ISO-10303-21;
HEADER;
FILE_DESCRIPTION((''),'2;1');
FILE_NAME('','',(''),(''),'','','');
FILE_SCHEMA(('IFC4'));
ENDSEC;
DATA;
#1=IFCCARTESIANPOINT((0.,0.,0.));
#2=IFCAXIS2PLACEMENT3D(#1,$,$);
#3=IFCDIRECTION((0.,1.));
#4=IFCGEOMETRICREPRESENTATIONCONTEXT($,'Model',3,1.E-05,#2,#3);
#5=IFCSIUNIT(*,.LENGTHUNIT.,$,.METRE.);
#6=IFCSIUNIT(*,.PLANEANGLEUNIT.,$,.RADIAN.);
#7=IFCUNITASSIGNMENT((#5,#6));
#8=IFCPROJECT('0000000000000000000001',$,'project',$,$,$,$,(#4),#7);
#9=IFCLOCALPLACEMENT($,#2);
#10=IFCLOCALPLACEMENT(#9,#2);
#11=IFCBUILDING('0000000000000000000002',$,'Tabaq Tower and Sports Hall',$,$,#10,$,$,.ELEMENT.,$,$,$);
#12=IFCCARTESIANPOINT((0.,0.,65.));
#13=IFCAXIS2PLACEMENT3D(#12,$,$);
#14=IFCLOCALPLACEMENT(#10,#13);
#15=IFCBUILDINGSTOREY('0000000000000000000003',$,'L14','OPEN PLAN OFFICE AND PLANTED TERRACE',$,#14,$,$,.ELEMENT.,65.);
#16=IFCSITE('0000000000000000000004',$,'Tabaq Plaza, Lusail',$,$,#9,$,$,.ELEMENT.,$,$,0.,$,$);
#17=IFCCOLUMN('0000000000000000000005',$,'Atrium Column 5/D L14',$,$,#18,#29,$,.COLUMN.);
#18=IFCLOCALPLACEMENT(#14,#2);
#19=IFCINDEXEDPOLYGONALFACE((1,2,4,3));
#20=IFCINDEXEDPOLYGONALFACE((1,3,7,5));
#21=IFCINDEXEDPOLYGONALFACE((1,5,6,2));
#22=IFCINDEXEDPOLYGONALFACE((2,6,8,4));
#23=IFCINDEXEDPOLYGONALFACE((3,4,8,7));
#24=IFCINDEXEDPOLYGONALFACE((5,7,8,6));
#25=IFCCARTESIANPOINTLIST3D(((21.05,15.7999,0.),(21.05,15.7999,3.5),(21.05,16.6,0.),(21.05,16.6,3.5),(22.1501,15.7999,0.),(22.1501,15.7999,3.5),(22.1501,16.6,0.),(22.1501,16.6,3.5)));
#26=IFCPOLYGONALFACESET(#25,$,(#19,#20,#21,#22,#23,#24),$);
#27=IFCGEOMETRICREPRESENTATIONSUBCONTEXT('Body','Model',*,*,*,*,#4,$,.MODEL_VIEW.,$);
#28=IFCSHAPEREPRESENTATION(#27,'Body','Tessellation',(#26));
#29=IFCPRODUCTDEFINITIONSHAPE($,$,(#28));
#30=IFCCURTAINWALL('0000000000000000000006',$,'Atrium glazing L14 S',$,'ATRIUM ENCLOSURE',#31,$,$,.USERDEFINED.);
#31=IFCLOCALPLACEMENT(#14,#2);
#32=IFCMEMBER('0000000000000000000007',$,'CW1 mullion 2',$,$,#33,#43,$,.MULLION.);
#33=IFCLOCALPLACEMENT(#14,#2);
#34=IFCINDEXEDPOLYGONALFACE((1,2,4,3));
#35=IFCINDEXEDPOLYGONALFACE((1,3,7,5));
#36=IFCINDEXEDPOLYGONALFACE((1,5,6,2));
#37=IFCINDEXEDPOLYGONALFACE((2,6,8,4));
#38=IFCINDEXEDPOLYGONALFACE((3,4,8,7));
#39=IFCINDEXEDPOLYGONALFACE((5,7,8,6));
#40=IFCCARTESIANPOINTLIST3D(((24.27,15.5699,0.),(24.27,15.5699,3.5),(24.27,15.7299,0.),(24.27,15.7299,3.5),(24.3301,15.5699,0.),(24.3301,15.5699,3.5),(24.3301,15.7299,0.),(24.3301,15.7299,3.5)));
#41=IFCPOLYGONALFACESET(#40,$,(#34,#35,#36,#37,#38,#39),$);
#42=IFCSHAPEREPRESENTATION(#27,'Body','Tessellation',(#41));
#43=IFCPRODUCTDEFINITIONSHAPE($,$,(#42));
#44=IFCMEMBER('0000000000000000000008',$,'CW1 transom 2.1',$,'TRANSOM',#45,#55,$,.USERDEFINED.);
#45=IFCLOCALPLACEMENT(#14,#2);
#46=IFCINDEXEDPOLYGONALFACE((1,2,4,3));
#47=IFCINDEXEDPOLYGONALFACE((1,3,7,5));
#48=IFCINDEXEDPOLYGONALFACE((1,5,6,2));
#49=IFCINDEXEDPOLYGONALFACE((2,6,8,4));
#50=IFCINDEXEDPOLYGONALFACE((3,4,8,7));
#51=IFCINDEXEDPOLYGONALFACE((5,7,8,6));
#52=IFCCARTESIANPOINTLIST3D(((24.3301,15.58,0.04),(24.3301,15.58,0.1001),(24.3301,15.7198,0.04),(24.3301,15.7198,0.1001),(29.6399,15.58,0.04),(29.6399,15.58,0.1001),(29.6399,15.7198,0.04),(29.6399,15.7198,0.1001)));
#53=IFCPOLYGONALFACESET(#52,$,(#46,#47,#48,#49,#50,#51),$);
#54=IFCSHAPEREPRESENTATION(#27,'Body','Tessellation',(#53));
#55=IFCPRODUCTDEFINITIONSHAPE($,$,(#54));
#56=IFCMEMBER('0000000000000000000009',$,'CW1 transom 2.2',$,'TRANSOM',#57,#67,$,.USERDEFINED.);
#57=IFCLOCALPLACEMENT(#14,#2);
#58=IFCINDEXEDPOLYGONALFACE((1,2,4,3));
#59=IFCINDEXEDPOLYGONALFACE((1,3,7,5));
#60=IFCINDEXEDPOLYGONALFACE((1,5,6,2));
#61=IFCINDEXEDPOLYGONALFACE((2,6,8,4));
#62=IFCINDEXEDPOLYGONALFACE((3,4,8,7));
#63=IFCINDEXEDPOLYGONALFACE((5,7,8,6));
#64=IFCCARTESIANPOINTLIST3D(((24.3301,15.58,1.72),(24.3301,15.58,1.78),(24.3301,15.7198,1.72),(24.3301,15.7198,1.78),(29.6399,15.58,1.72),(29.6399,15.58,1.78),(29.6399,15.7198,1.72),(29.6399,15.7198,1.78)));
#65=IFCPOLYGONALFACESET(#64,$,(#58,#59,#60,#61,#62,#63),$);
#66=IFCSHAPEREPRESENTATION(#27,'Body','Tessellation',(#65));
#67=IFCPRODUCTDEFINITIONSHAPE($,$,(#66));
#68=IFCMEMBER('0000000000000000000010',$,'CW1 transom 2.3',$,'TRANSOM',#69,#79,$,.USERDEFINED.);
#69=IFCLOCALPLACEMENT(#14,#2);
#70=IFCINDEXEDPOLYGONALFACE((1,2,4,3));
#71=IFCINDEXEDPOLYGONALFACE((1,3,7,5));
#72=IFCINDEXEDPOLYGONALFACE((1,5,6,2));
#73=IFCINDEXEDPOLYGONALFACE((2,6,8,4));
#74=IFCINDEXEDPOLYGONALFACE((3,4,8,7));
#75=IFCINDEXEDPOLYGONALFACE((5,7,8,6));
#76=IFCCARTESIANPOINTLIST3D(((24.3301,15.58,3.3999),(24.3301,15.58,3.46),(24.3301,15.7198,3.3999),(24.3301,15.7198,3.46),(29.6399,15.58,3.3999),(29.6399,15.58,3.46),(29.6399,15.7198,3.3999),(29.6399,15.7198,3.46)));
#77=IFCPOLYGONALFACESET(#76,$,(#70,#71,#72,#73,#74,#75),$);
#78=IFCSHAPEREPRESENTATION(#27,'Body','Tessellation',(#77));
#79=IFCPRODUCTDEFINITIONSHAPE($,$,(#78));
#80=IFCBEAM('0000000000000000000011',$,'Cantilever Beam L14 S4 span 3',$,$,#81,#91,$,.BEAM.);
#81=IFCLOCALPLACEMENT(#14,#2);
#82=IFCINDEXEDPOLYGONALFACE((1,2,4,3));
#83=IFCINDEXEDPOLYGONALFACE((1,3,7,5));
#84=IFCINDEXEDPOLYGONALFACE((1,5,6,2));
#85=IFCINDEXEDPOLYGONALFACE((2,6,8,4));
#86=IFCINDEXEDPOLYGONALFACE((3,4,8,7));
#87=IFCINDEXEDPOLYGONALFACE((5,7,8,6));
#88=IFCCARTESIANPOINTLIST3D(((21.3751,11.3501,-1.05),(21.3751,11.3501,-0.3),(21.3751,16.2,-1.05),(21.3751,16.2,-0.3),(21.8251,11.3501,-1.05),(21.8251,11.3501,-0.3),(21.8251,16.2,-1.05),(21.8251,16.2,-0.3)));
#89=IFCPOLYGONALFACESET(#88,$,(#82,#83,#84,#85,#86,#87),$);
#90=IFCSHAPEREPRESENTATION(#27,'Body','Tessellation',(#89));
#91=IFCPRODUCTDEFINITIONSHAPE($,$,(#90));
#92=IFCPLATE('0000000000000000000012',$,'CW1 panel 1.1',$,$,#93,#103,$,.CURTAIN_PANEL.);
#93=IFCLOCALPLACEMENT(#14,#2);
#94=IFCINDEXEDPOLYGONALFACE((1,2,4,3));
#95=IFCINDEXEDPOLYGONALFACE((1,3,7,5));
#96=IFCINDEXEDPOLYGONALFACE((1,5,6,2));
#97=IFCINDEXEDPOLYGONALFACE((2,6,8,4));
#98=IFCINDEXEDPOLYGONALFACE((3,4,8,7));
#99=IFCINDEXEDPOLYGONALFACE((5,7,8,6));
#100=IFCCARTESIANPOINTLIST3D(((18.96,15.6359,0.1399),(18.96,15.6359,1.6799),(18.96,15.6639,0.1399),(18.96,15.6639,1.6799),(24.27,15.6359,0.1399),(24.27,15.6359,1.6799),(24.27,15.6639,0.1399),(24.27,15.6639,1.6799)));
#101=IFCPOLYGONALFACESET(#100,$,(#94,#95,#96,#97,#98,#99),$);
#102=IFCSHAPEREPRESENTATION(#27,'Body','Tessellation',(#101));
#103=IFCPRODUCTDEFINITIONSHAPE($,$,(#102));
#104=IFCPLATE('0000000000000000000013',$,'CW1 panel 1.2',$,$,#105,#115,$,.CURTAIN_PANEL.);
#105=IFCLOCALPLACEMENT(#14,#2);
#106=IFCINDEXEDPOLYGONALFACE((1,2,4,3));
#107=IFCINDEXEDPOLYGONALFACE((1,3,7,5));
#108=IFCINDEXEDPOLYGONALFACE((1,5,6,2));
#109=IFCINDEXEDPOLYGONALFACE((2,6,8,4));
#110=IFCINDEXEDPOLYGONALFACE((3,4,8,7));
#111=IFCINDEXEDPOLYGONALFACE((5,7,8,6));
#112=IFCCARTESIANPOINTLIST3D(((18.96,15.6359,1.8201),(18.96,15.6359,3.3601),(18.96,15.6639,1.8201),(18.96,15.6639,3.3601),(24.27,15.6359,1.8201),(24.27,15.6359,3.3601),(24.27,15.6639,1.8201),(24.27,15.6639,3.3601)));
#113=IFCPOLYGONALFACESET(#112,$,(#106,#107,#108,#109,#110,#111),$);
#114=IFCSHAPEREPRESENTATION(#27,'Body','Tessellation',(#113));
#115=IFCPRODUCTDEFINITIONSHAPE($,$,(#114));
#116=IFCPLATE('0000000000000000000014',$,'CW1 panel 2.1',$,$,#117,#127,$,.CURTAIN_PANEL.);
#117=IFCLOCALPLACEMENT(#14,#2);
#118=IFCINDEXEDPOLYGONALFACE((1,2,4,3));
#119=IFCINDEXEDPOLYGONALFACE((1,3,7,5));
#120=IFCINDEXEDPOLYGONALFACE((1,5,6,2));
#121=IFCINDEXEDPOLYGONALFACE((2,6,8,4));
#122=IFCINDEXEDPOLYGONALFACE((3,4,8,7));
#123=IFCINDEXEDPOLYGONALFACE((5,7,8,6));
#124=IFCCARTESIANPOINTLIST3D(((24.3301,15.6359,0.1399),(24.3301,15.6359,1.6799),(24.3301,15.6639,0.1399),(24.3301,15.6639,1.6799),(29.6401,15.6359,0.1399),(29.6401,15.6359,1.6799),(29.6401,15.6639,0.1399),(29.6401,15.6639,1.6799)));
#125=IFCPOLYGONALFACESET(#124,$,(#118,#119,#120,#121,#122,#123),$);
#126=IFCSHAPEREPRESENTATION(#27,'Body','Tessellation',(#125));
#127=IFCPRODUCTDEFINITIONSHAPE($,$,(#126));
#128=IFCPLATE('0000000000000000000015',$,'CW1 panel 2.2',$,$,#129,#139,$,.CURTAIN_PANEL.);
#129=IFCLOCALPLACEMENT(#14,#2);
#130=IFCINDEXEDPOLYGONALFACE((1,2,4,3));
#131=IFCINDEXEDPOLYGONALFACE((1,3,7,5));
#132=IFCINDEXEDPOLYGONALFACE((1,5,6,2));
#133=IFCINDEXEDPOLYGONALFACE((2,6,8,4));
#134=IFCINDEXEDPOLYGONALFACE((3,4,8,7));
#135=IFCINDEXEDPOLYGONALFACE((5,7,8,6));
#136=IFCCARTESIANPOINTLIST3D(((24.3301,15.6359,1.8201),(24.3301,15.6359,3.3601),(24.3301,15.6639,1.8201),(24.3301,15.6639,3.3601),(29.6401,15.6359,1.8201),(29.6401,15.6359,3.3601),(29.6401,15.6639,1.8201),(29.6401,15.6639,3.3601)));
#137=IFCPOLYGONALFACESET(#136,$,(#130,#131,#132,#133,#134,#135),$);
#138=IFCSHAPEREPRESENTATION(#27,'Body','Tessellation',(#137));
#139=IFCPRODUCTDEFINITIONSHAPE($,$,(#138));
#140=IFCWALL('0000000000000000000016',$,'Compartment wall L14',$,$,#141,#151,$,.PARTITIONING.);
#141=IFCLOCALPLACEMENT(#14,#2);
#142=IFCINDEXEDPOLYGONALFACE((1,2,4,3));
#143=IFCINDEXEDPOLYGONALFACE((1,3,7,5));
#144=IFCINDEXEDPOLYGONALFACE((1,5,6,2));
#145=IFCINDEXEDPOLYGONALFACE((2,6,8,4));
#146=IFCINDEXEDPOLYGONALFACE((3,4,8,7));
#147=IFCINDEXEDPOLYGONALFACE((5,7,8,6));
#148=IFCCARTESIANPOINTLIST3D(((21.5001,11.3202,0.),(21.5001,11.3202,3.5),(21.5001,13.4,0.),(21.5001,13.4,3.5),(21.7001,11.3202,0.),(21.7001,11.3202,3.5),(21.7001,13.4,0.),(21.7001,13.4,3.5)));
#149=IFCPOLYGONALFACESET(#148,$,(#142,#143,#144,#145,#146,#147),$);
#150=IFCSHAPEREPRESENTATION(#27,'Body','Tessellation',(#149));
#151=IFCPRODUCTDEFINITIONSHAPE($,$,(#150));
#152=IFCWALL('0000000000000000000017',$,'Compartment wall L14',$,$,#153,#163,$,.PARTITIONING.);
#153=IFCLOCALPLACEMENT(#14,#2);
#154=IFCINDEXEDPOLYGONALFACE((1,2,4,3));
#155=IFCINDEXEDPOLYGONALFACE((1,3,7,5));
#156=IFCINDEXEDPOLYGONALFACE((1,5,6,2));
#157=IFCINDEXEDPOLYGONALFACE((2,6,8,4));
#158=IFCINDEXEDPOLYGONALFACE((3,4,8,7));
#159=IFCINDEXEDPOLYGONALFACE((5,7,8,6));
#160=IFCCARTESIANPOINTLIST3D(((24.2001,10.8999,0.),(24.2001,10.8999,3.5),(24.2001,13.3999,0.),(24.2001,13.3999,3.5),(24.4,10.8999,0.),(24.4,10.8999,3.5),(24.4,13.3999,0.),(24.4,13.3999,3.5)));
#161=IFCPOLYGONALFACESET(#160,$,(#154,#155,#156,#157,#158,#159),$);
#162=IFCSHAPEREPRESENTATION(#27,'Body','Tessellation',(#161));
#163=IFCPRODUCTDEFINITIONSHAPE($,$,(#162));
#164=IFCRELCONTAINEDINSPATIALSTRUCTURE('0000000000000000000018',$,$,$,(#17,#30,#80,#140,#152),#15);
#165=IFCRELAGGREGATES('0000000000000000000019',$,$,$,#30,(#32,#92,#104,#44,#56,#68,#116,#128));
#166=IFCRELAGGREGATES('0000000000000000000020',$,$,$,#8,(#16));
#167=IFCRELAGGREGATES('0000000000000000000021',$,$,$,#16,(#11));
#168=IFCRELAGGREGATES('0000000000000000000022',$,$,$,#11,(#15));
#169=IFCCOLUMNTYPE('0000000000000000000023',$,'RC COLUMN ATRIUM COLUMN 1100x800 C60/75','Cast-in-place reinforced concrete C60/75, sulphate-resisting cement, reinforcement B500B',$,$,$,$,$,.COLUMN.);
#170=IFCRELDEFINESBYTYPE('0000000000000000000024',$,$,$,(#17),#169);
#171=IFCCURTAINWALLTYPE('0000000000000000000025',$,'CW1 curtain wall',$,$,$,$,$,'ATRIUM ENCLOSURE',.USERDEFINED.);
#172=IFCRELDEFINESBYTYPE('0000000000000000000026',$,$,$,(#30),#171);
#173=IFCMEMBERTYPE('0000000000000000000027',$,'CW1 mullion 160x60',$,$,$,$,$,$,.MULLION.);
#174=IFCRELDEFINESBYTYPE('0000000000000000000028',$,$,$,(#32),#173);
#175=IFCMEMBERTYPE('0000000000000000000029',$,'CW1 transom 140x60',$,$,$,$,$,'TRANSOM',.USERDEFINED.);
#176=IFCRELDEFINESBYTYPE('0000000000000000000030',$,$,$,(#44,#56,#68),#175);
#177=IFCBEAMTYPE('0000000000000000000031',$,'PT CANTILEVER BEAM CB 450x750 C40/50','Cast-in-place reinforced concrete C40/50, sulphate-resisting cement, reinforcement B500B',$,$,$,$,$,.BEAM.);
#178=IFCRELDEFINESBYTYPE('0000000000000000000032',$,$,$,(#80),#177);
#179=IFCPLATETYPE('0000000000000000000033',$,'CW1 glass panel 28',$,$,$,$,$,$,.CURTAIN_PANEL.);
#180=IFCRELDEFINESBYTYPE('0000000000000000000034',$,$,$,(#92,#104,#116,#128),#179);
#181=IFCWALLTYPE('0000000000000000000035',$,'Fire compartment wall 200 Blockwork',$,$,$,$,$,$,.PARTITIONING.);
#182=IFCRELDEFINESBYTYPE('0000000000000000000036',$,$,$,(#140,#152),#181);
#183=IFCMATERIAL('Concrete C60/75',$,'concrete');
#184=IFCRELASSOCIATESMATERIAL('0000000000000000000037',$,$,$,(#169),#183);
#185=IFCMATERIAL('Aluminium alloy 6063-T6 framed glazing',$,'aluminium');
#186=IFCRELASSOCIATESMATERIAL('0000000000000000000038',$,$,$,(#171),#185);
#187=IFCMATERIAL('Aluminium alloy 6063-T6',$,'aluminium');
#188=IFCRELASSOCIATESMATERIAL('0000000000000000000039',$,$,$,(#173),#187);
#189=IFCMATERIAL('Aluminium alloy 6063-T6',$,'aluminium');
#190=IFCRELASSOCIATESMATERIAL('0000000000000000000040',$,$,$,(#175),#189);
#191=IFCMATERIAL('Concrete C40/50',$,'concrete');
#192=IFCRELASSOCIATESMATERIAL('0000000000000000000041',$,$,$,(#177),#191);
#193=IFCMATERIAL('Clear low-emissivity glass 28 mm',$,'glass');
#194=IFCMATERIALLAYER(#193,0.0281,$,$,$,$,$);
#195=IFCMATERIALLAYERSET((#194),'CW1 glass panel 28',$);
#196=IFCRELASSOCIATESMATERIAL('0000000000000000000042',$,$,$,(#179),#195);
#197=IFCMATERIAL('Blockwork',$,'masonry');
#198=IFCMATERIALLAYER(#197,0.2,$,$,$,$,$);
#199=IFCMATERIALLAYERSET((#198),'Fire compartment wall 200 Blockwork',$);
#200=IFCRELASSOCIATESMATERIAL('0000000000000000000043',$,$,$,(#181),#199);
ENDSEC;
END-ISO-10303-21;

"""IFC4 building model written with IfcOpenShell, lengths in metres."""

from ifc_helpers import new_model, si_unit, direction, frame, frame_2d, origin, origin_2d, place, context, subcontext, project, spatial, rectangle, extrude, material, layer, layer_set, material_profile, profile_set, type_object, element, aggregate, save


model = new_model("IFC4")

# Units and contexts
model_context = context("Model", 3, precision=1e-05, world=origin(), true_north=direction((0.0, 1.0)))
body_context = subcontext(model_context, "Body", "Model", "MODEL_VIEW")
ifc_project = project(units=[si_unit("LENGTHUNIT", "METRE"), si_unit("PLANEANGLEUNIT", "RADIAN")], contexts=[model_context])

# Site, building, storey
site_placement = place(None, origin())
site = spatial("IfcSite", under=ifc_project, at=site_placement, Name="Tabaq Plaza, Lusail", CompositionType="ELEMENT", RefElevation=0.0)
building_placement = place(site_placement, origin())
building = spatial("IfcBuilding", under=site, at=building_placement, Name="Tabaq Tower and Sports Hall", CompositionType="ELEMENT")
storey_placement = place(building_placement, frame((0.0, 0.0, 65.0)))
storey = spatial("IfcBuildingStorey", under=building, at=storey_placement, Name="L14", Description="OPEN PLAN OFFICE AND PLANTED TERRACE", CompositionType="ELEMENT", Elevation=65.0)

# Column
ifc_material_1 = material(Name="Concrete C60/75", Category="concrete")
ifc_material_profile_1 = material_profile(ifc_material_1, rectangle(XDim=1.1001, YDim=0.8, at=origin_2d()), Name="ATRIUM COLUMN 1100x800")
ifc_profile_set_1 = profile_set([ifc_material_profile_1], Name="Concrete C60/75")
column_type = type_object("IfcColumnType", Name="RC COLUMN ATRIUM COLUMN 1100x800 C60/75", Description="Cast-in-place reinforced concrete C60/75, sulphate-resisting cement, reinforcement B500B", PredefinedType="COLUMN", material=ifc_profile_set_1)
column_placement = place(storey_placement, frame((21.6001, 16.2, 0.0), z_axis=(0.0, 0.0, 1.0), x_axis=(1.0, 0.0, 0.0)))
element("IfcColumn", 1, at=column_placement, inside=storey, type_object=column_type, Name="Atrium Column 5/D L14", PredefinedType="COLUMN", context=body_context, shape_type="SweptSolid", body=[
    extrude(rectangle(XDim=1.1001, YDim=0.8, at=origin_2d()), origin(), (0.0, 0.0, 1.0), 3.5),
])

# Curtain wall, members
ifc_material_2 = material(Name="Aluminium alloy 6063-T6 framed glazing", Category="aluminium")
curtain_wall_type = type_object("IfcCurtainWallType", Name="CW1 curtain wall", ElementType="ATRIUM ENCLOSURE", PredefinedType="USERDEFINED", material=ifc_material_2)
curtain_wall_placement = place(storey_placement, origin())
curtain_wall = element("IfcCurtainWall", 2, at=curtain_wall_placement, inside=storey, type_object=curtain_wall_type, Name="Atrium glazing L14 S", ObjectType="ATRIUM ENCLOSURE", PredefinedType="USERDEFINED")
ifc_material_3 = material(Name="Aluminium alloy 6063-T6", Category="aluminium")
ifc_material_profile_2 = material_profile(ifc_material_3, rectangle(XDim=0.1599, YDim=0.0601, at=origin_2d()), Name="MULLION 160x60")
ifc_profile_set_2 = profile_set([ifc_material_profile_2], Name="Aluminium alloy 6063-T6")
member_type_1 = type_object("IfcMemberType", Name="CW1 mullion 160x60", PredefinedType="MULLION", material=ifc_profile_set_2)
member_1_placement = place(storey_placement, frame((24.3, 15.6499, 0.0), z_axis=(0.0, 0.0, 1.0), x_axis=(0.0, 1.0, 0.0)))
member_1 = element("IfcMember", 3, at=member_1_placement, type_object=member_type_1, Name="CW1 mullion 2", PredefinedType="MULLION", context=body_context, shape_type="SweptSolid", body=[
    extrude(rectangle(XDim=0.1599, YDim=0.0601, at=origin_2d()), origin(), (0.0, 0.0, 1.0), 3.5),
])
ifc_material_4 = material(Name="Aluminium alloy 6063-T6", Category="aluminium")
ifc_material_profile_3 = material_profile(ifc_material_4, rectangle(XDim=0.1399, YDim=0.0601, at=origin_2d()), Name="TRANSOM 140x60")
ifc_profile_set_3 = profile_set([ifc_material_profile_3], Name="Aluminium alloy 6063-T6")
member_type_2 = type_object("IfcMemberType", Name="CW1 transom 140x60", ElementType="TRANSOM", PredefinedType="USERDEFINED", material=ifc_profile_set_3)
member_2_placement = place(storey_placement, frame((24.3301, 15.6499, 0.0701), z_axis=(1.0, 0.0, 0.0), x_axis=(0.0, 1.0, 0.0)))
member_2 = element("IfcMember", 4, at=member_2_placement, type_object=member_type_2, Name="CW1 transom 2.1", ObjectType="TRANSOM", PredefinedType="USERDEFINED", context=body_context, shape_type="SweptSolid", body=[
    extrude(rectangle(XDim=0.1399, YDim=0.0601, at=origin_2d()), origin(), (0.0, 0.0, 1.0), 5.3098),
])
member_3_placement = place(storey_placement, frame((24.3301, 15.6499, 1.75), z_axis=(1.0, 0.0, 0.0), x_axis=(0.0, 1.0, 0.0)))
member_3 = element("IfcMember", 5, at=member_3_placement, type_object=member_type_2, Name="CW1 transom 2.2", ObjectType="TRANSOM", PredefinedType="USERDEFINED", context=body_context, shape_type="SweptSolid", body=[
    extrude(rectangle(XDim=0.1399, YDim=0.0601, at=origin_2d()), origin(), (0.0, 0.0, 1.0), 5.3098),
])
member_4_placement = place(storey_placement, frame((24.3301, 15.6499, 3.4299), z_axis=(1.0, 0.0, 0.0), x_axis=(0.0, 1.0, 0.0)))
member_4 = element("IfcMember", 6, at=member_4_placement, type_object=member_type_2, Name="CW1 transom 2.3", ObjectType="TRANSOM", PredefinedType="USERDEFINED", context=body_context, shape_type="SweptSolid", body=[
    extrude(rectangle(XDim=0.1399, YDim=0.0601, at=origin_2d()), origin(), (0.0, 0.0, 1.0), 5.3098),
])

# Beam
ifc_material_5 = material(Name="Concrete C40/50", Category="concrete")
ifc_material_profile_4 = material_profile(ifc_material_5, rectangle(XDim=0.45, YDim=0.75, at=origin_2d()), Name="CB 450x750")
ifc_profile_set_4 = profile_set([ifc_material_profile_4], Name="Concrete C40/50")
beam_type = type_object("IfcBeamType", Name="PT CANTILEVER BEAM CB 450x750 C40/50", Description="Cast-in-place reinforced concrete C40/50, sulphate-resisting cement, reinforcement B500B", PredefinedType="BEAM", material=ifc_profile_set_4)
beam_placement = place(storey_placement, frame((21.6001, 11.3501, -0.675), z_axis=(0.0, 1.0, 0.0), x_axis=(-1.0, 0.0, 0.0)))
element("IfcBeam", 7, at=beam_placement, inside=storey, type_object=beam_type, Name="Cantilever Beam L14 S4 span 3", PredefinedType="BEAM", context=body_context, shape_type="SweptSolid", body=[
    extrude(rectangle(XDim=0.45, YDim=0.75, at=origin_2d()), origin(), (0.0, 0.0, 1.0), 4.8499),
])

# Plates
ifc_material_6 = material(Name="Clear low-emissivity glass 28 mm", Category="glass")
ifc_layer_1 = layer(ifc_material_6, 0.0281)
ifc_layer_set_1 = layer_set([ifc_layer_1], Name="CW1 glass panel 28")
plate_type = type_object("IfcPlateType", Name="CW1 glass panel 28", PredefinedType="CURTAIN_PANEL", material=ifc_layer_set_1)
plate_1_placement = place(storey_placement, frame((21.615, 15.6499, 0.1399), z_axis=(0.0, 0.0, 1.0), x_axis=(1.0, 0.0, 0.0)))
plate_1 = element("IfcPlate", 8, at=plate_1_placement, type_object=plate_type, Name="CW1 panel 1.1", PredefinedType="CURTAIN_PANEL", context=body_context, shape_type="SweptSolid", body=[
    extrude(rectangle(XDim=5.3101, YDim=0.0281, at=origin_2d()), origin(), (0.0, 0.0, 1.0), 1.54),
])
plate_2_placement = place(storey_placement, frame((21.615, 15.6499, 1.8201), z_axis=(0.0, 0.0, 1.0), x_axis=(1.0, 0.0, 0.0)))
plate_2 = element("IfcPlate", 9, at=plate_2_placement, type_object=plate_type, Name="CW1 panel 1.2", PredefinedType="CURTAIN_PANEL", context=body_context, shape_type="SweptSolid", body=[
    extrude(rectangle(XDim=5.3101, YDim=0.0281, at=origin_2d()), origin(), (0.0, 0.0, 1.0), 1.54),
])
plate_3_placement = place(storey_placement, frame((26.9851, 15.6499, 0.1399), z_axis=(0.0, 0.0, 1.0), x_axis=(1.0, 0.0, 0.0)))
plate_3 = element("IfcPlate", 10, at=plate_3_placement, type_object=plate_type, Name="CW1 panel 2.1", PredefinedType="CURTAIN_PANEL", context=body_context, shape_type="SweptSolid", body=[
    extrude(rectangle(XDim=5.3101, YDim=0.0281, at=origin_2d()), origin(), (0.0, 0.0, 1.0), 1.54),
])
plate_4_placement = place(storey_placement, frame((26.9851, 15.6499, 1.8201), z_axis=(0.0, 0.0, 1.0), x_axis=(1.0, 0.0, 0.0)))
plate_4 = element("IfcPlate", 11, at=plate_4_placement, type_object=plate_type, Name="CW1 panel 2.2", PredefinedType="CURTAIN_PANEL", context=body_context, shape_type="SweptSolid", body=[
    extrude(rectangle(XDim=5.3101, YDim=0.0281, at=origin_2d()), origin(), (0.0, 0.0, 1.0), 1.54),
])
aggregate(curtain_wall, [member_1, plate_1, plate_2, member_2, member_3, member_4, plate_3, plate_4])

# Shared definitions
ifc_material_7 = material(Name="Blockwork", Category="masonry")
ifc_layer_2 = layer(ifc_material_7, 0.2)
ifc_layer_set_2 = layer_set([ifc_layer_2], Name="Fire compartment wall 200 Blockwork")
wall_type = type_object("IfcWallType", Name="Fire compartment wall 200 Blockwork", PredefinedType="PARTITIONING", material=ifc_layer_set_2)

# Walls
wall_1_placement = place(storey_placement, frame((21.6001, 11.3201, 0.0), z_axis=(0.0, 0.0, 1.0), x_axis=(0.0, 1.0, 0.0)))
element("IfcWall", 12, at=wall_1_placement, inside=storey, type_object=wall_type, Name="Compartment wall L14", PredefinedType="PARTITIONING", context=body_context, shape_type="SweptSolid", body=[
    extrude(rectangle(XDim=2.0798, YDim=0.2, at=frame_2d((1.04, 0.0))), origin(), (0.0, 0.0, 1.0), 3.5),
])
wall_2_placement = place(storey_placement, frame((24.3, 10.8999, 0.0), z_axis=(0.0, 0.0, 1.0), x_axis=(0.0, 1.0, 0.0)))
element("IfcWall", 13, at=wall_2_placement, inside=storey, type_object=wall_type, Name="Compartment wall L14", PredefinedType="PARTITIONING", context=body_context, shape_type="SweptSolid", body=[
    extrude(rectangle(XDim=2.5, YDim=0.2, at=frame_2d((1.25, 0.0))), origin(), (0.0, 0.0, 1.0), 3.5),
])

save(model, "model.ifc")
